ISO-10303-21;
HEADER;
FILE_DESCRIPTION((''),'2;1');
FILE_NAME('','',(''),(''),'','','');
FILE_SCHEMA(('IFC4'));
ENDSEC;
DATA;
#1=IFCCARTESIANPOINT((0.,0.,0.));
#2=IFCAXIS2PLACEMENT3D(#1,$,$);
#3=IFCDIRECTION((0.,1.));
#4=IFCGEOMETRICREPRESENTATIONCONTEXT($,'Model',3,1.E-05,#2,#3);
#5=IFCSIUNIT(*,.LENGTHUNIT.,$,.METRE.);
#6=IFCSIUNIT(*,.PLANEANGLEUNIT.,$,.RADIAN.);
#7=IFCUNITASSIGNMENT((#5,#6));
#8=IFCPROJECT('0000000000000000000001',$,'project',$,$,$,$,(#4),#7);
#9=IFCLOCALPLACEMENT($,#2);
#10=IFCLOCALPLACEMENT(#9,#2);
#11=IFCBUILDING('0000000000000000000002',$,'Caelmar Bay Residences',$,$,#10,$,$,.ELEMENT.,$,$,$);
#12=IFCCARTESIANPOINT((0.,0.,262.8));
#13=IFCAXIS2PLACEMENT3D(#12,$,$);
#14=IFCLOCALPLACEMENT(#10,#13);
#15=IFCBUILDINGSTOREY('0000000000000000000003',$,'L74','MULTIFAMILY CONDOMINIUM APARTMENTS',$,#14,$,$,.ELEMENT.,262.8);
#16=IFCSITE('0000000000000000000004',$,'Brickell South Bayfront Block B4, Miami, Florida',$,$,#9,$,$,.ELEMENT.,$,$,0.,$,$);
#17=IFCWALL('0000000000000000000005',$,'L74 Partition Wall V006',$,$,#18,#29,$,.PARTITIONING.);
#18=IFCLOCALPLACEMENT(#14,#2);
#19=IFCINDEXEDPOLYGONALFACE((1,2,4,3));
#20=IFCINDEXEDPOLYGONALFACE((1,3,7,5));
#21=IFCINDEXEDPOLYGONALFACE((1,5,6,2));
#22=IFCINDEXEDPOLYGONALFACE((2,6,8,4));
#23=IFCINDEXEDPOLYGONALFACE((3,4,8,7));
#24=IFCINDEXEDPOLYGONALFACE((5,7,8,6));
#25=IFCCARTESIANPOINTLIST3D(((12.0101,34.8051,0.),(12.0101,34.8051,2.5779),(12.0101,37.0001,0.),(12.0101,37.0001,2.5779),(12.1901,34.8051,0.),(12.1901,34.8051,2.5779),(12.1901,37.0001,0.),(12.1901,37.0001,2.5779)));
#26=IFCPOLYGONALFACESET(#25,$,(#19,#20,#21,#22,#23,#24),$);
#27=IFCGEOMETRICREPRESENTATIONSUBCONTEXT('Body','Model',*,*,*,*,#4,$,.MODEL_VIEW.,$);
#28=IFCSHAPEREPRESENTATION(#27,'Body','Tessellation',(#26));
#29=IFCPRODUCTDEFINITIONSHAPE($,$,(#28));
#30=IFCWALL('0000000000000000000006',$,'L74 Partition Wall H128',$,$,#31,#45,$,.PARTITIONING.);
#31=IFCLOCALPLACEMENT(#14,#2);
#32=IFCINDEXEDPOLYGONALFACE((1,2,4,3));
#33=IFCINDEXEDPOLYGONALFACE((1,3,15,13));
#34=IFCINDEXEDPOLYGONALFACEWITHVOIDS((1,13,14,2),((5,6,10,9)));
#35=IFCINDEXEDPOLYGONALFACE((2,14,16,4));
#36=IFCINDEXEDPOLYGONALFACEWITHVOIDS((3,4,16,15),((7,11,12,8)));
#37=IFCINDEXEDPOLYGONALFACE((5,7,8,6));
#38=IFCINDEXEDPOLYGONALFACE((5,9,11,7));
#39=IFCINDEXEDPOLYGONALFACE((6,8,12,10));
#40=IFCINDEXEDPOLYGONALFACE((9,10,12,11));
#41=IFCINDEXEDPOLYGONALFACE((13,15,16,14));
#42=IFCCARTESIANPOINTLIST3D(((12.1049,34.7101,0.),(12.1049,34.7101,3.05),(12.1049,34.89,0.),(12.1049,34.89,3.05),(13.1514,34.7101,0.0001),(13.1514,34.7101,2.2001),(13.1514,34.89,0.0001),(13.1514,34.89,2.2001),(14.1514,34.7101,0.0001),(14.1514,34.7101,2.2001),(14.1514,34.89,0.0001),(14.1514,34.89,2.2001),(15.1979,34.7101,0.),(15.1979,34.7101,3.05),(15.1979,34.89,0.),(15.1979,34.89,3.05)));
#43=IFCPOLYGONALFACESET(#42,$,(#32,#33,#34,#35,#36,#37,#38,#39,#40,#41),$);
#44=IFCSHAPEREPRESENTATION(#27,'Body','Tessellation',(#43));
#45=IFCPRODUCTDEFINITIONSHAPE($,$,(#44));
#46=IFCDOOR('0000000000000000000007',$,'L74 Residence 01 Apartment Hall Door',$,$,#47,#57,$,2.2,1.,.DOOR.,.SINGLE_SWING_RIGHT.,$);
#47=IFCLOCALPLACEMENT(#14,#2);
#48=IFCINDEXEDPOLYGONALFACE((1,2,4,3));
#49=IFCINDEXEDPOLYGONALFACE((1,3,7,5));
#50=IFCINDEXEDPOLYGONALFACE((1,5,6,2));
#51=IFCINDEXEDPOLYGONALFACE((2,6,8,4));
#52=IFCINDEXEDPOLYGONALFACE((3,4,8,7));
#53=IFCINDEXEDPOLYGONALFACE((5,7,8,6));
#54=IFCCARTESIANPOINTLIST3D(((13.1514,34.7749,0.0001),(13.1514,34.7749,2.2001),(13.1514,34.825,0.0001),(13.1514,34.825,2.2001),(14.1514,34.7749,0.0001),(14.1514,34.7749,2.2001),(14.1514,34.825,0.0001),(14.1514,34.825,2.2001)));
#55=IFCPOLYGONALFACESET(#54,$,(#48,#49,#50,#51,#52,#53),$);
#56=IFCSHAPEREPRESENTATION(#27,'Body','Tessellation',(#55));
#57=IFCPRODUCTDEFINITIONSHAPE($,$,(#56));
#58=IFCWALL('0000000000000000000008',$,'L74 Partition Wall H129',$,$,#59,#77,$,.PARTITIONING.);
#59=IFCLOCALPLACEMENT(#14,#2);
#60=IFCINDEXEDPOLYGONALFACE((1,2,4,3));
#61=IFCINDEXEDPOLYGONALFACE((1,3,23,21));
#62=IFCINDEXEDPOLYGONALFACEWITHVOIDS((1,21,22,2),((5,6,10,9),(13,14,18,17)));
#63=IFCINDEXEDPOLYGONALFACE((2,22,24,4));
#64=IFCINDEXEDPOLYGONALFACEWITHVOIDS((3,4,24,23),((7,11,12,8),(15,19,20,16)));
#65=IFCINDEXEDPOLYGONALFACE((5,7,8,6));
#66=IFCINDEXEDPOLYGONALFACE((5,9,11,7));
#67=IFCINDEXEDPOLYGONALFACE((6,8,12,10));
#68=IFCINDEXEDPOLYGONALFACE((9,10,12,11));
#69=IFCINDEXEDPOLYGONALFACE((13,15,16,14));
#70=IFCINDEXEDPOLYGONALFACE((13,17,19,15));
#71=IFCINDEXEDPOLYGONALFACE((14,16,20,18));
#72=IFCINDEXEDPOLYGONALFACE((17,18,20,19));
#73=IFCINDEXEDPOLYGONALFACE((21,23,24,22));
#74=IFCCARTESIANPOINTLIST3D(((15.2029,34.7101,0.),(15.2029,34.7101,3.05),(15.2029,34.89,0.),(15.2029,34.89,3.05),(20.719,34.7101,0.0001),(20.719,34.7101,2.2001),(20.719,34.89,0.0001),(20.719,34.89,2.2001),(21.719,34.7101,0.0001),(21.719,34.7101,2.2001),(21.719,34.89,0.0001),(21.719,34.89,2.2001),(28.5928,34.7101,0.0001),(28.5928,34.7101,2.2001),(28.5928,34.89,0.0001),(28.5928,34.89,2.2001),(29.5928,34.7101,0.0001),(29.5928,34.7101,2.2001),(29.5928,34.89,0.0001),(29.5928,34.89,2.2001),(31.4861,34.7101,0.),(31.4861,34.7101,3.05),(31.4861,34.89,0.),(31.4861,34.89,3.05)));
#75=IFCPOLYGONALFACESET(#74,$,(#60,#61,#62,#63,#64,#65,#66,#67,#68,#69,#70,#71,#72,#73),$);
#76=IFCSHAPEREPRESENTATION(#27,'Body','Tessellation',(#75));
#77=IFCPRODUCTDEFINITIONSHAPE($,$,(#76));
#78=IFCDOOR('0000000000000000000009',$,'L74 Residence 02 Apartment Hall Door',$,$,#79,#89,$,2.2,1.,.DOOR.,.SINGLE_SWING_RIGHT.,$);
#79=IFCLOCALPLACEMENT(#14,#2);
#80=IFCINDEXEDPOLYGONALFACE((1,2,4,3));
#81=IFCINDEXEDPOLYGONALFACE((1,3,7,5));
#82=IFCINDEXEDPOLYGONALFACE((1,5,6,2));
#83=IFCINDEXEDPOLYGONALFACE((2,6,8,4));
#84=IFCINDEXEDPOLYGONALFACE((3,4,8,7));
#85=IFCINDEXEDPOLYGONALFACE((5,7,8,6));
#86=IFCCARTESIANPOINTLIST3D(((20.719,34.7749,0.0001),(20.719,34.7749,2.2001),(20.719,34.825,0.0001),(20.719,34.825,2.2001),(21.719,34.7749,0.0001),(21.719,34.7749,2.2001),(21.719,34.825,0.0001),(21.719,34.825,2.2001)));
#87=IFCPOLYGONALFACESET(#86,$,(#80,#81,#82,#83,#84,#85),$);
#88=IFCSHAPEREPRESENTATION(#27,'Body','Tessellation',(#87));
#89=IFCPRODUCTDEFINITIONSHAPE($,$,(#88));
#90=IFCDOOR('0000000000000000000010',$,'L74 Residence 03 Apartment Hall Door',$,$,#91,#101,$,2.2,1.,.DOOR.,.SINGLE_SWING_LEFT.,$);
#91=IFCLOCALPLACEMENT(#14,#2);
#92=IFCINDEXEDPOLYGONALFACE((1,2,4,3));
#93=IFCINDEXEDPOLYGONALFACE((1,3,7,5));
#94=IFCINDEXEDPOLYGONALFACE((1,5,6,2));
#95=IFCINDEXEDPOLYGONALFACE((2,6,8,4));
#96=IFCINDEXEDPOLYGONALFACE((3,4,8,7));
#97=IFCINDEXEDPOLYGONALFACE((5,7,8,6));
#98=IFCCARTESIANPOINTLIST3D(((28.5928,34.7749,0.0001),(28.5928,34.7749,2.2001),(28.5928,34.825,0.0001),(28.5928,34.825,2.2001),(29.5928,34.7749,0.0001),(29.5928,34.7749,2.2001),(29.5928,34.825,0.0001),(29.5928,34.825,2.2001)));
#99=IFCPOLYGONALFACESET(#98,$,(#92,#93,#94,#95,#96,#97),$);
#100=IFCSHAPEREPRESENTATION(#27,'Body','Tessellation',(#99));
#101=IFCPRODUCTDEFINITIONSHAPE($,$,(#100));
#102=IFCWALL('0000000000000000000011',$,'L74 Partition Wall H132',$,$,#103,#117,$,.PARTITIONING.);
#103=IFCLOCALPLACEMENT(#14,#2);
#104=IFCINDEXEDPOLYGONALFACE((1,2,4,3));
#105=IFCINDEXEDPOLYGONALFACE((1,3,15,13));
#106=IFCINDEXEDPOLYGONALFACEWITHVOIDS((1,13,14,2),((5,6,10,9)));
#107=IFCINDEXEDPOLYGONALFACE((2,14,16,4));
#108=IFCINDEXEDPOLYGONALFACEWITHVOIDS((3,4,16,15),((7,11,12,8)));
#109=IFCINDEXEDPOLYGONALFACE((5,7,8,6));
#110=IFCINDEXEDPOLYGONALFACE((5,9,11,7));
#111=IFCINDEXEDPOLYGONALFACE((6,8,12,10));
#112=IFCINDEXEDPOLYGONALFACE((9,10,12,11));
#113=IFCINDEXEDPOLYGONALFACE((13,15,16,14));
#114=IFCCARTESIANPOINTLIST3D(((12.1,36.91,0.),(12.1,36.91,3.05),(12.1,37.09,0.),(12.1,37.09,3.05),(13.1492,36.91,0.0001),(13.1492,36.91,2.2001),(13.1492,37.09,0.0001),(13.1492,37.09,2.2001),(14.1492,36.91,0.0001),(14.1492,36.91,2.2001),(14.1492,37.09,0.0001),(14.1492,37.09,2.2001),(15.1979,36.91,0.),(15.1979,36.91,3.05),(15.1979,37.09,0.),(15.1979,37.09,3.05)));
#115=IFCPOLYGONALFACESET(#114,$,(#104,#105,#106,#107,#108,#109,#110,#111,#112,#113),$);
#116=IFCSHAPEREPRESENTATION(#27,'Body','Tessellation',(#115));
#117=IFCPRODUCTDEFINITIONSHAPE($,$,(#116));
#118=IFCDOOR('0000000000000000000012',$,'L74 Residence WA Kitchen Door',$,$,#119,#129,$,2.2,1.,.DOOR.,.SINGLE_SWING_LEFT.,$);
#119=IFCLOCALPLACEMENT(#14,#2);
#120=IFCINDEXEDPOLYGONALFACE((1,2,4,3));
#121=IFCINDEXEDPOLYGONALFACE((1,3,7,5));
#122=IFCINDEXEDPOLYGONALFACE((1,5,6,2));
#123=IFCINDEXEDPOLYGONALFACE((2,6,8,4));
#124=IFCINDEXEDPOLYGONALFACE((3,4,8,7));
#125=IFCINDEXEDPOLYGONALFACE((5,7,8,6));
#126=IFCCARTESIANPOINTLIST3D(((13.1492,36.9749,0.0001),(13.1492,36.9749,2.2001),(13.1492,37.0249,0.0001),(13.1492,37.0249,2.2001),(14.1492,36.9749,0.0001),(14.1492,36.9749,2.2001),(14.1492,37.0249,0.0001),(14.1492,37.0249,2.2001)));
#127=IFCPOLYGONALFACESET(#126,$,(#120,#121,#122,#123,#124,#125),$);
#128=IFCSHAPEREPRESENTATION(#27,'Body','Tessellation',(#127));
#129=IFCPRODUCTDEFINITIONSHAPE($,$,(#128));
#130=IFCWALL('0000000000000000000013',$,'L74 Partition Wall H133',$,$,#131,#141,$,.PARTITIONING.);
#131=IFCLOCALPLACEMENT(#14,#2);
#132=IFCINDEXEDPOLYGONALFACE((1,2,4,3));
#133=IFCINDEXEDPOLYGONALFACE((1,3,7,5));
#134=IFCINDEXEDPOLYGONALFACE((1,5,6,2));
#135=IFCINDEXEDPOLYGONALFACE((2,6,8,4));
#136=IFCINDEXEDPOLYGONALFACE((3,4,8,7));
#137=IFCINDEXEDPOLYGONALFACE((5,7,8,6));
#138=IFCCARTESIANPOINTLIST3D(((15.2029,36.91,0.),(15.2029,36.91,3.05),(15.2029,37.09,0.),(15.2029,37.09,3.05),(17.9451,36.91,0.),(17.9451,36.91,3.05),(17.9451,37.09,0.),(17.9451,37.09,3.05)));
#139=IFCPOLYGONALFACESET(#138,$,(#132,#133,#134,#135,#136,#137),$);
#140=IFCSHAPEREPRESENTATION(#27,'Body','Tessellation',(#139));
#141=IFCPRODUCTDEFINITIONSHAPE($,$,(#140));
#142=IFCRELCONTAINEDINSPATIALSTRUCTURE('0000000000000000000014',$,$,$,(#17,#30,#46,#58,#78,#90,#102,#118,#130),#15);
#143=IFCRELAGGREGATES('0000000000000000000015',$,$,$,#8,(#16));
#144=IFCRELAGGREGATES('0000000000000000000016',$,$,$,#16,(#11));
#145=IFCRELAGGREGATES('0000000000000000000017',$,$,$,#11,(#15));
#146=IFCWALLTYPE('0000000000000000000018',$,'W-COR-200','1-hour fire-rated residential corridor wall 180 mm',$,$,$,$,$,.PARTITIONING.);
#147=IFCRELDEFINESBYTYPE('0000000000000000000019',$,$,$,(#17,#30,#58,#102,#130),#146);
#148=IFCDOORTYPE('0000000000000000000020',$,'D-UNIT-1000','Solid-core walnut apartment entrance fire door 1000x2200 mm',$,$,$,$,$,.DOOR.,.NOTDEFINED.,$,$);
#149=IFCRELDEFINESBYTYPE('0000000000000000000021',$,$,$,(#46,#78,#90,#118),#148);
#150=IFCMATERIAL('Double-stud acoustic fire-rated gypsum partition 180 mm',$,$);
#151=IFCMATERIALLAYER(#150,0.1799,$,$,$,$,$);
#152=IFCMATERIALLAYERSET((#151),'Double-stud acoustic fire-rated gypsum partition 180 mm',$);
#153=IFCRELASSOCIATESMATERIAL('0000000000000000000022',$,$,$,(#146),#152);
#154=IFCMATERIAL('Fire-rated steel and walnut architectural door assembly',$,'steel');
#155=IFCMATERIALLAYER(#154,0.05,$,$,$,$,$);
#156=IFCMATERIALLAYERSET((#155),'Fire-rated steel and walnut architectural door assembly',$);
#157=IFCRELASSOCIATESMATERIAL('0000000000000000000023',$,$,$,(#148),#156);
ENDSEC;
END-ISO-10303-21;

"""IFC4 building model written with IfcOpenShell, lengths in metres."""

from ifc_helpers import new_model, si_unit, direction, frame, frame_2d, origin, place, context, subcontext, project, spatial, rectangle, extrude, material, layer, layer_set, type_object, element, fill, save


model = new_model("IFC4")

# Units and contexts
model_context = context("Model", 3, precision=1e-05, world=origin(), true_north=direction((0.0, 1.0)))
body_context = subcontext(model_context, "Body", "Model", "MODEL_VIEW")
ifc_project = project(units=[si_unit("LENGTHUNIT", "METRE"), si_unit("PLANEANGLEUNIT", "RADIAN")], contexts=[model_context])

# Site, building, storey
site_placement = place(None, origin())
site = spatial("IfcSite", under=ifc_project, at=site_placement, Name="Brickell South Bayfront Block B4, Miami, Florida", CompositionType="ELEMENT", RefElevation=0.0)
building_placement = place(site_placement, origin())
building = spatial("IfcBuilding", under=site, at=building_placement, Name="Caelmar Bay Residences", CompositionType="ELEMENT")
storey_placement = place(building_placement, frame((0.0, 0.0, 262.8)))
storey = spatial("IfcBuildingStorey", under=building, at=storey_placement, Name="L74", Description="MULTIFAMILY CONDOMINIUM APARTMENTS", CompositionType="ELEMENT", Elevation=262.8)

# Shared definitions
ifc_material_1 = material(Name="Fire-rated steel and walnut architectural door assembly", Category="steel")

# Wall
ifc_material_2 = material(Name="Double-stud acoustic fire-rated gypsum partition 180 mm")
ifc_layer_1 = layer(ifc_material_2, 0.1799)
ifc_layer_set_1 = layer_set([ifc_layer_1], Name="Double-stud acoustic fire-rated gypsum partition 180 mm")
wall_type_1 = type_object("IfcWallType", Name="W-COR-200", Description="1-hour fire-rated residential corridor wall 180 mm", PredefinedType="PARTITIONING", material=ifc_layer_set_1)
wall_1_placement = place(storey_placement, frame((12.1001, 34.8049, 0.0), z_axis=(0.0, 0.0, 1.0), x_axis=(0.0, 1.0, 0.0)))
element("IfcWall", 1, at=wall_1_placement, inside=storey, type_object=wall_type_1, Name="L74 Partition Wall V006", PredefinedType="PARTITIONING", context=body_context, shape_type="SweptSolid", body=[
    extrude(rectangle(XDim=2.1951, YDim=0.1799, at=frame_2d((1.0977, 0.0))), origin(), (0.0, 0.0, 1.0), 2.5779),
])

# Wall, opening, door
wall_2_placement = place(storey_placement, frame((12.105, 34.8, 0.0), z_axis=(0.0, 0.0, 1.0), x_axis=(1.0, 0.0, 0.0)))
wall_2 = element("IfcWall", 2, at=wall_2_placement, inside=storey, type_object=wall_type_1, Name="L74 Partition Wall H128", PredefinedType="PARTITIONING", context=body_context, shape_type="SweptSolid", body=[
    extrude(rectangle(XDim=3.093, YDim=0.1799, at=frame_2d((1.5464, 0.0))), origin(), (0.0, 0.0, 1.0), 3.05),
])
opening_1_placement = place(wall_2_placement, frame((1.0464, 0.0, 0.0)))
opening_1 = element("IfcOpeningElement", 3, at=opening_1_placement, cuts=wall_2, PredefinedType="OPENING", context=body_context, shape_type="SweptSolid", body=[
    extrude(rectangle(XDim=1.0, YDim=2.2, at=frame_2d((0.5, 1.1001))), frame((0.0, 0.0999, 0.0), z_axis=(0.0, -1.0, 0.0), x_axis=(1.0, 0.0, 0.0)), (0.0, 0.0, 1.0), 0.2),
])
ifc_layer_2 = layer(ifc_material_1, 0.05)
ifc_layer_set_2 = layer_set([ifc_layer_2], Name="Fire-rated steel and walnut architectural door assembly")
door_type_1 = type_object("IfcDoorType", Name="D-UNIT-1000", Description="Solid-core walnut apartment entrance fire door 1000x2200 mm", OperationType="NOTDEFINED", PredefinedType="DOOR", material=ifc_layer_set_2)
door_1_placement = place(opening_1_placement, origin())
door_1 = element("IfcDoor", 4, at=door_1_placement, inside=storey, type_object=door_type_1, Name="L74 Residence 01 Apartment Hall Door", OperationType="SINGLE_SWING_RIGHT", OverallHeight=2.2, OverallWidth=1.0, PredefinedType="DOOR", context=body_context, shape_type="SweptSolid", body=[
    extrude(rectangle(XDim=1.0, YDim=2.2, at=frame_2d((0.5, 1.1001))), frame((0.0, 0.0249, 0.0), z_axis=(0.0, -1.0, 0.0), x_axis=(1.0, 0.0, 0.0)), (0.0, 0.0, 1.0), 0.05),
])
fill(opening_1, door_1)

# Wall, openings, doors
wall_3_placement = place(storey_placement, frame((15.2029, 34.8, 0.0), z_axis=(0.0, 0.0, 1.0), x_axis=(1.0, 0.0, 0.0)))
wall_3 = element("IfcWall", 5, at=wall_3_placement, inside=storey, type_object=wall_type_1, Name="L74 Partition Wall H129", PredefinedType="PARTITIONING", context=body_context, shape_type="SweptSolid", body=[
    extrude(rectangle(XDim=16.2832, YDim=0.1799, at=frame_2d((8.1416, 0.0))), origin(), (0.0, 0.0, 1.0), 3.05),
])
opening_2_placement = place(wall_3_placement, frame((5.5161, 0.0, 0.0)))
opening_2 = element("IfcOpeningElement", 6, at=opening_2_placement, cuts=wall_3, PredefinedType="OPENING", context=body_context, shape_type="SweptSolid", body=[
    extrude(rectangle(XDim=1.0, YDim=2.2, at=frame_2d((0.5, 1.1001))), frame((0.0, 0.0999, 0.0), z_axis=(0.0, -1.0, 0.0), x_axis=(1.0, 0.0, 0.0)), (0.0, 0.0, 1.0), 0.2),
])
opening_3_placement = place(wall_3_placement, frame((13.3899, 0.0, 0.0)))
opening_3 = element("IfcOpeningElement", 7, at=opening_3_placement, cuts=wall_3, PredefinedType="OPENING", context=body_context, shape_type="SweptSolid", body=[
    extrude(rectangle(XDim=1.0, YDim=2.2, at=frame_2d((0.5, 1.1001))), frame((0.0, 0.0999, 0.0), z_axis=(0.0, -1.0, 0.0), x_axis=(1.0, 0.0, 0.0)), (0.0, 0.0, 1.0), 0.2),
])
door_2_placement = place(opening_2_placement, origin())
door_2 = element("IfcDoor", 8, at=door_2_placement, inside=storey, type_object=door_type_1, Name="L74 Residence 02 Apartment Hall Door", OperationType="SINGLE_SWING_RIGHT", OverallHeight=2.2, OverallWidth=1.0, PredefinedType="DOOR", context=body_context, shape_type="SweptSolid", body=[
    extrude(rectangle(XDim=1.0, YDim=2.2, at=frame_2d((0.5, 1.1001))), frame((0.0, 0.0249, 0.0), z_axis=(0.0, -1.0, 0.0), x_axis=(1.0, 0.0, 0.0)), (0.0, 0.0, 1.0), 0.05),
])
fill(opening_2, door_2)
door_3_placement = place(opening_3_placement, origin())
door_3 = element("IfcDoor", 9, at=door_3_placement, inside=storey, type_object=door_type_1, Name="L74 Residence 03 Apartment Hall Door", OperationType="SINGLE_SWING_LEFT", OverallHeight=2.2, OverallWidth=1.0, PredefinedType="DOOR", context=body_context, shape_type="SweptSolid", body=[
    extrude(rectangle(XDim=1.0, YDim=2.2, at=frame_2d((0.5, 1.1001))), frame((0.0, 0.0249, 0.0), z_axis=(0.0, -1.0, 0.0), x_axis=(1.0, 0.0, 0.0)), (0.0, 0.0, 1.0), 0.05),
])
fill(opening_3, door_3)

# Wall, opening, door
wall_4_placement = place(storey_placement, frame((12.1001, 37.0, 0.0), z_axis=(0.0, 0.0, 1.0), x_axis=(1.0, 0.0, 0.0)))
wall_4 = element("IfcWall", 10, at=wall_4_placement, inside=storey, type_object=wall_type_1, Name="L74 Partition Wall H132", PredefinedType="PARTITIONING", context=body_context, shape_type="SweptSolid", body=[
    extrude(rectangle(XDim=3.0979, YDim=0.1799, at=frame_2d((1.5488, 0.0))), origin(), (0.0, 0.0, 1.0), 3.05),
])
opening_4_placement = place(wall_4_placement, frame((1.0491, 0.0, 0.0)))
opening_4 = element("IfcOpeningElement", 11, at=opening_4_placement, cuts=wall_4, PredefinedType="OPENING", context=body_context, shape_type="SweptSolid", body=[
    extrude(rectangle(XDim=1.0, YDim=2.2, at=frame_2d((0.5, 1.1001))), frame((0.0, 0.0999, 0.0), z_axis=(0.0, -1.0, 0.0), x_axis=(1.0, 0.0, 0.0)), (0.0, 0.0, 1.0), 0.2),
])
door_4_placement = place(opening_4_placement, origin())
door_4 = element("IfcDoor", 12, at=door_4_placement, inside=storey, type_object=door_type_1, Name="L74 Residence WA Kitchen Door", OperationType="SINGLE_SWING_LEFT", OverallHeight=2.2, OverallWidth=1.0, PredefinedType="DOOR", context=body_context, shape_type="SweptSolid", body=[
    extrude(rectangle(XDim=1.0, YDim=2.2, at=frame_2d((0.5, 1.1001))), frame((0.0, 0.0249, 0.0), z_axis=(0.0, -1.0, 0.0), x_axis=(1.0, 0.0, 0.0)), (0.0, 0.0, 1.0), 0.05),
])
fill(opening_4, door_4)

# Wall
wall_5_placement = place(storey_placement, frame((15.2029, 37.0, 0.0), z_axis=(0.0, 0.0, 1.0), x_axis=(1.0, 0.0, 0.0)))
element("IfcWall", 13, at=wall_5_placement, inside=storey, type_object=wall_type_1, Name="L74 Partition Wall H133", PredefinedType="PARTITIONING", context=body_context, shape_type="SweptSolid", body=[
    extrude(rectangle(XDim=2.7422, YDim=0.1799, at=frame_2d((1.3711, 0.0))), origin(), (0.0, 0.0, 1.0), 3.05),
])

save(model, "model.ifc")
